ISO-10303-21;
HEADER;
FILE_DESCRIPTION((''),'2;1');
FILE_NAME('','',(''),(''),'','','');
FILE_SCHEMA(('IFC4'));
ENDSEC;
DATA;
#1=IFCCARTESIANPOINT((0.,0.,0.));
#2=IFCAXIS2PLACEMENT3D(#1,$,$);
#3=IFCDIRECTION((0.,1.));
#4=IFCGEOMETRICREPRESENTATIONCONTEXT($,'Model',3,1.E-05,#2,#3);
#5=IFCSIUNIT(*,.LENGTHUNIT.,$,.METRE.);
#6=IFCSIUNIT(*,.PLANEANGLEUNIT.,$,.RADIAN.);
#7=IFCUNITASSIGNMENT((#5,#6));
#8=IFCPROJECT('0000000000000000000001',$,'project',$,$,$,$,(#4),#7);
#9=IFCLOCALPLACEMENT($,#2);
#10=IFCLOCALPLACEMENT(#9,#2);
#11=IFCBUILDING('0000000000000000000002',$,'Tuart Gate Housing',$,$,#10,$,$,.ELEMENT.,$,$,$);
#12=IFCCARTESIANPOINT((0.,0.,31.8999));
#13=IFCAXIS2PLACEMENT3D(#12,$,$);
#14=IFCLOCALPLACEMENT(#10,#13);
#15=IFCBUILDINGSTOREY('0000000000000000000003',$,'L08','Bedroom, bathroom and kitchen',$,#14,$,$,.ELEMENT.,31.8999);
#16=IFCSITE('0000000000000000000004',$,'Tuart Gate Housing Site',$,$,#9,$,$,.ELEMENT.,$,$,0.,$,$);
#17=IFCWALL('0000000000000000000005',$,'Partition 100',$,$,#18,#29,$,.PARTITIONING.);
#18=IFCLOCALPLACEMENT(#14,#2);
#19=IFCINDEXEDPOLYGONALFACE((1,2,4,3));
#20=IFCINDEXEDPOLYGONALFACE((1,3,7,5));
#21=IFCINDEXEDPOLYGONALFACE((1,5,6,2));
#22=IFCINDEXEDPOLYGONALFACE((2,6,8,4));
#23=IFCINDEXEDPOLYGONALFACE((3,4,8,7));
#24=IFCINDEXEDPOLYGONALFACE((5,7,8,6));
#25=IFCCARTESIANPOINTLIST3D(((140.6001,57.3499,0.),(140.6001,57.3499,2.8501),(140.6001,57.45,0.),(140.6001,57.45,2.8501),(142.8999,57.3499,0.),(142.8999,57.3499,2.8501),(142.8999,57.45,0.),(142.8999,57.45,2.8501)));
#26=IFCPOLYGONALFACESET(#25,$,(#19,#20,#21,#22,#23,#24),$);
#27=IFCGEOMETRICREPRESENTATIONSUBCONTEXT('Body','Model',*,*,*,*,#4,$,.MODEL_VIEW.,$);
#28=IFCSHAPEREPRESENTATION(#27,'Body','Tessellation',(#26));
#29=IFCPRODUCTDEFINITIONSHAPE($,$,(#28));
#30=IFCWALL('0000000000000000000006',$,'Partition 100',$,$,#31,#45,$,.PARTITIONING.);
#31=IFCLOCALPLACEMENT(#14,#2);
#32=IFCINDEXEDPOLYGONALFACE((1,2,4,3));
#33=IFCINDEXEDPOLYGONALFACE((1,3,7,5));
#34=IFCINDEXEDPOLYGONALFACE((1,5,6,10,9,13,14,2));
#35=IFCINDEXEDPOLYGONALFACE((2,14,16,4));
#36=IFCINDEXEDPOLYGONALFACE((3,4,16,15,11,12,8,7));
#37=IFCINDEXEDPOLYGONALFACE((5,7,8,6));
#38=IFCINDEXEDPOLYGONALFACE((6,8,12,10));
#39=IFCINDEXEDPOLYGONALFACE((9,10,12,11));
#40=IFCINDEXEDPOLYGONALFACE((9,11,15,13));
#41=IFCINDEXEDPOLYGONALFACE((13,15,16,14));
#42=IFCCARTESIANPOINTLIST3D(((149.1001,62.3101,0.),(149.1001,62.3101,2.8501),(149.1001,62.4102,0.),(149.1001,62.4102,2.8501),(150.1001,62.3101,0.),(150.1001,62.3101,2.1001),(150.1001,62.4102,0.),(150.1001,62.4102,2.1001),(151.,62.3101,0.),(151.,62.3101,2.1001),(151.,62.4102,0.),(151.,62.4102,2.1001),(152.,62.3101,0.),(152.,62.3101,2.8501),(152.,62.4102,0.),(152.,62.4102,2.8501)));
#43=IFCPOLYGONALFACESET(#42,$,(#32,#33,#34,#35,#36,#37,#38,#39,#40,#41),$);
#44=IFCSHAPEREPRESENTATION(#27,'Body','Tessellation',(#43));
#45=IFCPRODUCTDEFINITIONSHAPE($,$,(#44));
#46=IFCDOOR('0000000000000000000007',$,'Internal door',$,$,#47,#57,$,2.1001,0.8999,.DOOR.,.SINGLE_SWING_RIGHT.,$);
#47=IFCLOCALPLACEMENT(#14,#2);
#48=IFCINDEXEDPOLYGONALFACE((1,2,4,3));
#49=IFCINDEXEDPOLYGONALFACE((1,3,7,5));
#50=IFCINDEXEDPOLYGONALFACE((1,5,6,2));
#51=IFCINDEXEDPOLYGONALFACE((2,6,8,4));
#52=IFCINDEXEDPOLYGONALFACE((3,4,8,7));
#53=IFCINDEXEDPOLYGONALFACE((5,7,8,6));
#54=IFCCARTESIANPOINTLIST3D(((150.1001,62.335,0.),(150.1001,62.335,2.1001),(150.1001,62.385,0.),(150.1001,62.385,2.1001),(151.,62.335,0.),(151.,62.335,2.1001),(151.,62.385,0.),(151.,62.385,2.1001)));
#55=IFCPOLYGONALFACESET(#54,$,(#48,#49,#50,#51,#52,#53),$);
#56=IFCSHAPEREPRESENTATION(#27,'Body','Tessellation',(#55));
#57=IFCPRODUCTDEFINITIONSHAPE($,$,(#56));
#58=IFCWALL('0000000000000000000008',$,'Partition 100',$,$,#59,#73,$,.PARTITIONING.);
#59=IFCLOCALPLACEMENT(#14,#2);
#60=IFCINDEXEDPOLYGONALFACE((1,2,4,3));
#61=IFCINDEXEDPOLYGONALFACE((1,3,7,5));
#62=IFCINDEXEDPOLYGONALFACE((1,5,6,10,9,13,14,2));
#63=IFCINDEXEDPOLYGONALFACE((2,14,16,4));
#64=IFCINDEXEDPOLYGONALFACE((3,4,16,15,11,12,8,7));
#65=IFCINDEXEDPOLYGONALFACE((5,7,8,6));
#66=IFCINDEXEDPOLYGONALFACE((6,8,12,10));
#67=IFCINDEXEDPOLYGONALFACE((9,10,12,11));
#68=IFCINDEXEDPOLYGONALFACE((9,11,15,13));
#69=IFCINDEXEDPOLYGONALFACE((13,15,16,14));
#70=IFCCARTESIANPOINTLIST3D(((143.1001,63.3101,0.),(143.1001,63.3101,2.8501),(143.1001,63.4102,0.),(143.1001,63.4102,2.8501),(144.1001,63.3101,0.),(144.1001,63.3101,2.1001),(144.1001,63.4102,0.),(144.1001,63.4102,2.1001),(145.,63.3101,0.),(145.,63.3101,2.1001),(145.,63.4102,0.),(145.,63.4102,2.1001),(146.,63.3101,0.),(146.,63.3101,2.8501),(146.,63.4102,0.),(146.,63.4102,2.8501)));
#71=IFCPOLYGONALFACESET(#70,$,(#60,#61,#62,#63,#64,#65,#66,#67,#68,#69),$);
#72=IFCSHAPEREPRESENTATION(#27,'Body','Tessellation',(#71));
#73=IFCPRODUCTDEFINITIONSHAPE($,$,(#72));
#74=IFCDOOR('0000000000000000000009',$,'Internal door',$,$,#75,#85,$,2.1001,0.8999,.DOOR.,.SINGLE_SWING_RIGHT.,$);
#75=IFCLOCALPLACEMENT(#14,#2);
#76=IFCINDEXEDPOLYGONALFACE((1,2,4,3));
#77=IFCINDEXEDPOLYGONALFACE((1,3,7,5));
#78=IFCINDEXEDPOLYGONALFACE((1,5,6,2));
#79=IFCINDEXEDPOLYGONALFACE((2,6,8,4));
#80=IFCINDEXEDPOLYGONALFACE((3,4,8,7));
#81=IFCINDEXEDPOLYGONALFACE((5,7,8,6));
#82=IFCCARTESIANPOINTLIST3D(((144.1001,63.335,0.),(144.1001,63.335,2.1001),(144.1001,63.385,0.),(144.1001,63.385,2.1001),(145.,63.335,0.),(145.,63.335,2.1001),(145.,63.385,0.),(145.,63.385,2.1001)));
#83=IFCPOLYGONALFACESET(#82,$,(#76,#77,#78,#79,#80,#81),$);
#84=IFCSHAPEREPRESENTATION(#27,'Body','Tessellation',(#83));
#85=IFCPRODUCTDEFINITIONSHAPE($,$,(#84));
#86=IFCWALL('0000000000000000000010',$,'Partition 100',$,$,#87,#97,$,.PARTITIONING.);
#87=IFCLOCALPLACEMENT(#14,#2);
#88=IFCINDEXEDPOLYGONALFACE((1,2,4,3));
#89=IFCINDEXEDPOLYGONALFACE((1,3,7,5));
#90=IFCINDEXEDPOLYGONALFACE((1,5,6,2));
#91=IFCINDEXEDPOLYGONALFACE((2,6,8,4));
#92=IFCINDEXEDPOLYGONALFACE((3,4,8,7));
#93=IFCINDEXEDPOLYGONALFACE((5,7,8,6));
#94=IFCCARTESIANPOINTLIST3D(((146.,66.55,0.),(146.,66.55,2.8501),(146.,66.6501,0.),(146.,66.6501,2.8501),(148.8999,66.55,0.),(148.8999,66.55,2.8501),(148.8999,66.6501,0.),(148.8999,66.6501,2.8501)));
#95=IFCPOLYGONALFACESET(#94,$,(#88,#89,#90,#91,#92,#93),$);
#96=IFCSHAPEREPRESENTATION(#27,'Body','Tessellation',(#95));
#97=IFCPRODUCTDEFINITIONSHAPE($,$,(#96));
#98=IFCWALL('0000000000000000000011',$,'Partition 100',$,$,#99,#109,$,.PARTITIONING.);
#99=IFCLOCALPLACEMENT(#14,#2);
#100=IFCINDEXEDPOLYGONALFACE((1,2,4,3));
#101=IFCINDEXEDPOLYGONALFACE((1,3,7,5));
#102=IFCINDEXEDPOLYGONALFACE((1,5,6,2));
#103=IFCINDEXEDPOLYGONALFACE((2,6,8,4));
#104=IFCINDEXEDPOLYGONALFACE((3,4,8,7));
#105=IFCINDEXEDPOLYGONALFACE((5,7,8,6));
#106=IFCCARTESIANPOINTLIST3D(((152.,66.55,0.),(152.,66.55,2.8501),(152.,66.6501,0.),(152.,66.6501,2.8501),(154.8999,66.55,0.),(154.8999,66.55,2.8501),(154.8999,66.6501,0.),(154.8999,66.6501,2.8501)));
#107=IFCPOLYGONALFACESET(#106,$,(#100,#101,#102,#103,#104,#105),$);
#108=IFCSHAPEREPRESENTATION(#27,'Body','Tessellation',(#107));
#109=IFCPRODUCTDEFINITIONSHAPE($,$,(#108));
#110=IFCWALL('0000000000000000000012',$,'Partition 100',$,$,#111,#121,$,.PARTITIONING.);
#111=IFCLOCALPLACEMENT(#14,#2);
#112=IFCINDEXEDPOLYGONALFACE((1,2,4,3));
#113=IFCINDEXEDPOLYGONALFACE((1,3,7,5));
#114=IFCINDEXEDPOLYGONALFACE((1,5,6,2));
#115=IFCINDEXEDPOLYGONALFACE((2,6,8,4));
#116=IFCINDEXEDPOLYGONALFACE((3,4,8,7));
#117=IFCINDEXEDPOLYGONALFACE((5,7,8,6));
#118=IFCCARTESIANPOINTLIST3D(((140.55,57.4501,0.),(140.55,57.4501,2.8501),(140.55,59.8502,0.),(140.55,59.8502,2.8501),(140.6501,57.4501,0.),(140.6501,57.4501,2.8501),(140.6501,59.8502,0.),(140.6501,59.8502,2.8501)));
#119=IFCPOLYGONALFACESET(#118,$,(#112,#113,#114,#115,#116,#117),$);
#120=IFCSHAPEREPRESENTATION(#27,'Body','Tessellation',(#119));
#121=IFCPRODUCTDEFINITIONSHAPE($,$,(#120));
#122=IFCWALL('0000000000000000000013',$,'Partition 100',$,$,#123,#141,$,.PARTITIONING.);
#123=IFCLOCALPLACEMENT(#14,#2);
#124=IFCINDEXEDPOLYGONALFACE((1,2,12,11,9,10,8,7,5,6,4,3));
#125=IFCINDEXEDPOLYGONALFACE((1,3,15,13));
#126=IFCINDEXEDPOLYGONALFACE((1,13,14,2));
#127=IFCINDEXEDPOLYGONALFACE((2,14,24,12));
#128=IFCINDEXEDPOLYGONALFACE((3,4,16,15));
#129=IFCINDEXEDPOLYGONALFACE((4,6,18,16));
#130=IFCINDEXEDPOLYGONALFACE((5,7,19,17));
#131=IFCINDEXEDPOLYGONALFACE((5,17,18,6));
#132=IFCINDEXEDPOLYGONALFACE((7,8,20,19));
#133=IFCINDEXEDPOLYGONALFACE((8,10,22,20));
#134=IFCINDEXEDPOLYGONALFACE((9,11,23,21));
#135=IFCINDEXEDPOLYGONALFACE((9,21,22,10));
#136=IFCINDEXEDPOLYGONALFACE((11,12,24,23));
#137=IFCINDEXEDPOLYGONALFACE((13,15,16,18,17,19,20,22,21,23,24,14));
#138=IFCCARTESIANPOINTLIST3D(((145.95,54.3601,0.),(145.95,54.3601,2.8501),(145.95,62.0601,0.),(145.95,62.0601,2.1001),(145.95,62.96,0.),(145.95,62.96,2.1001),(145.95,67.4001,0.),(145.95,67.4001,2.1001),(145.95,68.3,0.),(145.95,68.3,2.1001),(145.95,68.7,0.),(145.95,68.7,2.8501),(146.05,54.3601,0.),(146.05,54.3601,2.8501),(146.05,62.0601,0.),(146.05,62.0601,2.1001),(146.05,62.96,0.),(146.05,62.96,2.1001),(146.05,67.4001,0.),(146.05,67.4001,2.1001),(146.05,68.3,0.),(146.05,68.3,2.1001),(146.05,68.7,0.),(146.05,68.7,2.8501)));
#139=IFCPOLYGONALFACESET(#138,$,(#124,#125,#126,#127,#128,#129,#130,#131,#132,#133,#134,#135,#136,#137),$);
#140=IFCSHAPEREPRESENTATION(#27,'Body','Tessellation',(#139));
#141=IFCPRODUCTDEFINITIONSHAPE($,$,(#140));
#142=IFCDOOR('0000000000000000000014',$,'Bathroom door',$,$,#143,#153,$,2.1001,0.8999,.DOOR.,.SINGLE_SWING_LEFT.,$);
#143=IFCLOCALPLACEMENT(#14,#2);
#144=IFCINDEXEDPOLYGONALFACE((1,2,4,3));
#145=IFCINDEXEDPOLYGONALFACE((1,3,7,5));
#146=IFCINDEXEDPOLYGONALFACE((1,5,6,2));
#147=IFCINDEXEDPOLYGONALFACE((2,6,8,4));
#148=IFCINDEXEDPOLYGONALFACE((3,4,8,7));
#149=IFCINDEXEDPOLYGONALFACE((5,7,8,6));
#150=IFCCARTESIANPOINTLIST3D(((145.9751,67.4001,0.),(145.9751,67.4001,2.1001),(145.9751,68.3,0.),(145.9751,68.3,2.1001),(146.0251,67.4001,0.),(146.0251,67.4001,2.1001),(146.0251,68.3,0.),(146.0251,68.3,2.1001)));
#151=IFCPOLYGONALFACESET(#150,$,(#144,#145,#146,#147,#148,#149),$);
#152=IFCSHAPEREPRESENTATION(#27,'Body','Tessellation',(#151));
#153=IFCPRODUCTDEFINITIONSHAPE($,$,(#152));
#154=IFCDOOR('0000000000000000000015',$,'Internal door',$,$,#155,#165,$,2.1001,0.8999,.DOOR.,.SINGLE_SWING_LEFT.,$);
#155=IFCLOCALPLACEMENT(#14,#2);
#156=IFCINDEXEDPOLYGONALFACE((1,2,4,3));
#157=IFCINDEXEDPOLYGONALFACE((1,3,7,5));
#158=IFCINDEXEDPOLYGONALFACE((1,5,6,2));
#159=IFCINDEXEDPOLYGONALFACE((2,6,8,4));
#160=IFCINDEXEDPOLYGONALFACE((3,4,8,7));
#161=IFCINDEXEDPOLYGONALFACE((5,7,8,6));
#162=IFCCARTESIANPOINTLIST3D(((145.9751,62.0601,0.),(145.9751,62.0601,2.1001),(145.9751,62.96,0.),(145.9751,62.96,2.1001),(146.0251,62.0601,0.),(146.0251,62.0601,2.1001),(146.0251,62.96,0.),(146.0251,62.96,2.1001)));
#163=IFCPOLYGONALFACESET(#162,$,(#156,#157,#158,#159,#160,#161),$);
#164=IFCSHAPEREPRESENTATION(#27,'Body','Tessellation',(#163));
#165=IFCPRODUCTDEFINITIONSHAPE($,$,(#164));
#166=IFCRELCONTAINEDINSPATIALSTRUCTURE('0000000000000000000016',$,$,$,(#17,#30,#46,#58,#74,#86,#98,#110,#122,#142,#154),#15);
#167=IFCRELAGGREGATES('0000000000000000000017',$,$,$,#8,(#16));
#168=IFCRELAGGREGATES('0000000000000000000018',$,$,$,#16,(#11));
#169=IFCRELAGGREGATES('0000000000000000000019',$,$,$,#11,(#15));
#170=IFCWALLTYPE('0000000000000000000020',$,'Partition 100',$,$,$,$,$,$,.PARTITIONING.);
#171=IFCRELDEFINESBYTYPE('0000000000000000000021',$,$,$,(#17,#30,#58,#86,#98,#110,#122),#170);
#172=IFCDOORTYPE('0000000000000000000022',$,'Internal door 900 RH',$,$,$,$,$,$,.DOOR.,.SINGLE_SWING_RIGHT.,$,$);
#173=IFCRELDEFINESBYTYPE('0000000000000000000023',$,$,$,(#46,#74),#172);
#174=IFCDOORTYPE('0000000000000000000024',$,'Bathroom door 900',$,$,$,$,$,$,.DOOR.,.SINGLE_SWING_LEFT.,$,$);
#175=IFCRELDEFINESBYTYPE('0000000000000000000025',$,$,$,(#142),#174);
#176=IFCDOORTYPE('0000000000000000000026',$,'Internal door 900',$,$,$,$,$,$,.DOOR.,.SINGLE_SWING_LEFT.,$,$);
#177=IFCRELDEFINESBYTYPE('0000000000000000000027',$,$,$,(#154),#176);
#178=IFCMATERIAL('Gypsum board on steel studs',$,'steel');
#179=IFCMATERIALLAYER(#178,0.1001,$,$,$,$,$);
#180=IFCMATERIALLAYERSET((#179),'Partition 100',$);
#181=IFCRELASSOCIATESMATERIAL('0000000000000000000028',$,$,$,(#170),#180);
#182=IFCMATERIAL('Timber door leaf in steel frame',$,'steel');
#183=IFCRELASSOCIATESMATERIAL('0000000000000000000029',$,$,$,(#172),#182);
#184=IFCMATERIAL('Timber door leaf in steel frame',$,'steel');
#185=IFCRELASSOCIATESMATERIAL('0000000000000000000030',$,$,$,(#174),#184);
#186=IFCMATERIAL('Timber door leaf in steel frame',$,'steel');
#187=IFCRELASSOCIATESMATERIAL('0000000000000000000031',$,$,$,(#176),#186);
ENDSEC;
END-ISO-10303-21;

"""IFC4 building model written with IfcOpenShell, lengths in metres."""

from ifc_helpers import new_model, si_unit, direction, frame, frame_2d, origin, place, context, subcontext, project, spatial, rectangle, extrude, material, layer, layer_set, type_object, element, fill, save


model = new_model("IFC4")

# Units and contexts
model_context = context("Model", 3, precision=1e-05, world=origin(), true_north=direction((0.0, 1.0)))
body_context = subcontext(model_context, "Body", "Model", "MODEL_VIEW")
ifc_project = project(units=[si_unit("LENGTHUNIT", "METRE"), si_unit("PLANEANGLEUNIT", "RADIAN")], contexts=[model_context])

# Site, building, storey
site_placement = place(None, origin())
site = spatial("IfcSite", under=ifc_project, at=site_placement, Name="Tuart Gate Housing Site", CompositionType="ELEMENT", RefElevation=0.0)
building_placement = place(site_placement, origin())
building = spatial("IfcBuilding", under=site, at=building_placement, Name="Tuart Gate Housing", CompositionType="ELEMENT")
storey_placement = place(building_placement, frame((0.0, 0.0, 31.8999)))
storey = spatial("IfcBuildingStorey", under=building, at=storey_placement, Name="L08", Description="Bedroom, bathroom and kitchen", CompositionType="ELEMENT", Elevation=31.8999)

# Wall
ifc_material_1 = material(Name="Gypsum board on steel studs", Category="steel")
ifc_layer_1 = layer(ifc_material_1, 0.1001)
ifc_layer_set_1 = layer_set([ifc_layer_1], Name="Partition 100")
wall_type_1 = type_object("IfcWallType", Name="Partition 100", PredefinedType="PARTITIONING", material=ifc_layer_set_1)
wall_1_placement = place(storey_placement, frame((140.6001, 57.3999, 0.0), z_axis=(0.0, 0.0, 1.0), x_axis=(1.0, 0.0, 0.0)))
element("IfcWall", 1, at=wall_1_placement, inside=storey, type_object=wall_type_1, Name="Partition 100", PredefinedType="PARTITIONING", context=body_context, shape_type="SweptSolid", body=[
    extrude(rectangle(XDim=2.2998, YDim=0.1001, at=frame_2d((1.1499, 0.0))), origin(), (0.0, 0.0, 1.0), 2.8501),
])

# Walls, openings, doors
wall_2_placement = place(storey_placement, frame((149.1001, 62.3601, 0.0), z_axis=(0.0, 0.0, 1.0), x_axis=(1.0, 0.0, 0.0)))
wall_2 = element("IfcWall", 2, at=wall_2_placement, inside=storey, type_object=wall_type_1, Name="Partition 100", PredefinedType="PARTITIONING", context=body_context, shape_type="SweptSolid", body=[
    extrude(rectangle(XDim=2.8999, YDim=0.1001, at=frame_2d((1.45, 0.0))), origin(), (0.0, 0.0, 1.0), 2.8501),
])
opening_1_placement = place(wall_2_placement, frame((1.0, 0.0, 0.0)))
opening_1 = element("IfcOpeningElement", 3, at=opening_1_placement, cuts=wall_2, PredefinedType="OPENING", context=body_context, shape_type="SweptSolid", body=[
    extrude(rectangle(XDim=0.8999, YDim=2.1001, at=frame_2d((0.45, 1.05))), frame((0.0, 0.0601, 0.0), z_axis=(0.0, -1.0, 0.0), x_axis=(1.0, 0.0, 0.0)), (0.0, 0.0, 1.0), 0.1201),
])
ifc_material_2 = material(Name="Timber door leaf in steel frame", Category="steel")
door_type_1 = type_object("IfcDoorType", Name="Internal door 900 RH", OperationType="SINGLE_SWING_RIGHT", PredefinedType="DOOR", material=ifc_material_2)
door_1_placement = place(opening_1_placement, origin())
door_1 = element("IfcDoor", 4, at=door_1_placement, inside=storey, type_object=door_type_1, Name="Internal door", OperationType="SINGLE_SWING_RIGHT", OverallHeight=2.1001, OverallWidth=0.8999, PredefinedType="DOOR", context=body_context, shape_type="SweptSolid", body=[
    extrude(rectangle(XDim=0.8999, YDim=2.1001, at=frame_2d((0.45, 1.05))), frame((0.0, 0.0249, 0.0), z_axis=(0.0, -1.0, 0.0), x_axis=(1.0, 0.0, 0.0)), (0.0, 0.0, 1.0), 0.05),
])
fill(opening_1, door_1)
wall_3_placement = place(storey_placement, frame((143.1001, 63.3601, 0.0), z_axis=(0.0, 0.0, 1.0), x_axis=(1.0, 0.0, 0.0)))
wall_3 = element("IfcWall", 5, at=wall_3_placement, inside=storey, type_object=wall_type_1, Name="Partition 100", PredefinedType="PARTITIONING", context=body_context, shape_type="SweptSolid", body=[
    extrude(rectangle(XDim=2.8999, YDim=0.1001, at=frame_2d((1.45, 0.0))), origin(), (0.0, 0.0, 1.0), 2.8501),
])
opening_2_placement = place(wall_3_placement, frame((1.0, 0.0, 0.0)))
opening_2 = element("IfcOpeningElement", 6, at=opening_2_placement, cuts=wall_3, PredefinedType="OPENING", context=body_context, shape_type="SweptSolid", body=[
    extrude(rectangle(XDim=0.8999, YDim=2.1001, at=frame_2d((0.45, 1.05))), frame((0.0, 0.0601, 0.0), z_axis=(0.0, -1.0, 0.0), x_axis=(1.0, 0.0, 0.0)), (0.0, 0.0, 1.0), 0.1201),
])
door_2_placement = place(opening_2_placement, origin())
door_2 = element("IfcDoor", 7, at=door_2_placement, inside=storey, type_object=door_type_1, Name="Internal door", OperationType="SINGLE_SWING_RIGHT", OverallHeight=2.1001, OverallWidth=0.8999, PredefinedType="DOOR", context=body_context, shape_type="SweptSolid", body=[
    extrude(rectangle(XDim=0.8999, YDim=2.1001, at=frame_2d((0.45, 1.05))), frame((0.0, 0.0249, 0.0), z_axis=(0.0, -1.0, 0.0), x_axis=(1.0, 0.0, 0.0)), (0.0, 0.0, 1.0), 0.05),
])
fill(opening_2, door_2)

# Walls
for number, where, z_axis, x_axis, name in (
    (8, (146.0, 66.6001, 0.0), (0.0, 0.0, 1.0), (1.0, 0.0, 0.0), "Partition 100"),
    (9, (152.0, 66.6001, 0.0), (0.0, 0.0, 1.0), (1.0, 0.0, 0.0), "Partition 100"),
):
    element("IfcWall", number, at=place(storey_placement, frame(where, z_axis=z_axis, x_axis=x_axis)), inside=storey, type_object=wall_type_1, Name=name, PredefinedType="PARTITIONING", context=body_context, shape_type="SweptSolid", body=[
        extrude(rectangle(XDim=2.8999, YDim=0.1001, at=frame_2d((1.45, 0.0))), origin(), (0.0, 0.0, 1.0), 2.8501),
    ])
wall_4_placement = place(storey_placement, frame((140.6001, 57.45, 0.0), z_axis=(0.0, 0.0, 1.0), x_axis=(0.0, 1.0, 0.0)))
element("IfcWall", 10, at=wall_4_placement, inside=storey, type_object=wall_type_1, Name="Partition 100", PredefinedType="PARTITIONING", context=body_context, shape_type="SweptSolid", body=[
    extrude(rectangle(XDim=2.4001, YDim=0.1001, at=frame_2d((1.2002, 0.0))), origin(), (0.0, 0.0, 1.0), 2.8501),
])

# Wall, openings, doors
wall_5_placement = place(storey_placement, frame((146.0, 54.3601, 0.0), z_axis=(0.0, 0.0, 1.0), x_axis=(0.0, 1.0, 0.0)))
wall_5 = element("IfcWall", 11, at=wall_5_placement, inside=storey, type_object=wall_type_1, Name="Partition 100", PredefinedType="PARTITIONING", context=body_context, shape_type="SweptSolid", body=[
    extrude(rectangle(XDim=14.3398, YDim=0.1001, at=frame_2d((7.1699, 0.0))), origin(), (0.0, 0.0, 1.0), 2.8501),
])
opening_3_placement = place(wall_5_placement, frame((7.7, 0.0, 0.0)))
opening_3 = element("IfcOpeningElement", 12, at=opening_3_placement, cuts=wall_5, PredefinedType="OPENING", context=body_context, shape_type="SweptSolid", body=[
    extrude(rectangle(XDim=0.8999, YDim=2.1001, at=frame_2d((0.45, 1.05))), frame((0.0, 0.0601, 0.0), z_axis=(0.0, -1.0, 0.0), x_axis=(1.0, 0.0, 0.0)), (0.0, 0.0, 1.0), 0.1201),
])
opening_4_placement = place(wall_5_placement, frame((13.04, 0.0, 0.0)))
opening_4 = element("IfcOpeningElement", 13, at=opening_4_placement, cuts=wall_5, PredefinedType="OPENING", context=body_context, shape_type="SweptSolid", body=[
    extrude(rectangle(XDim=0.8999, YDim=2.1001, at=frame_2d((0.45, 1.05))), frame((0.0, 0.0601, 0.0), z_axis=(0.0, -1.0, 0.0), x_axis=(1.0, 0.0, 0.0)), (0.0, 0.0, 1.0), 0.1201),
])
ifc_material_3 = material(Name="Timber door leaf in steel frame", Category="steel")
door_type_2 = type_object("IfcDoorType", Name="Bathroom door 900", OperationType="SINGLE_SWING_LEFT", PredefinedType="DOOR", material=ifc_material_3)
door_3_placement = place(opening_4_placement, frame((0.8999, 0.0, 0.0), z_axis=(0.0, 0.0, 1.0), x_axis=(-1.0, 0.0, 0.0)))
door_3 = element("IfcDoor", 14, at=door_3_placement, inside=storey, type_object=door_type_2, Name="Bathroom door", OperationType="SINGLE_SWING_LEFT", OverallHeight=2.1001, OverallWidth=0.8999, PredefinedType="DOOR", context=body_context, shape_type="SweptSolid", body=[
    extrude(rectangle(XDim=0.8999, YDim=2.1001, at=frame_2d((0.45, 1.05))), frame((0.0, 0.0251, 0.0), z_axis=(0.0, -1.0, 0.0), x_axis=(1.0, 0.0, 0.0)), (0.0, 0.0, 1.0), 0.05),
])
fill(opening_4, door_3)
ifc_material_4 = material(Name="Timber door leaf in steel frame", Category="steel")
door_type_3 = type_object("IfcDoorType", Name="Internal door 900", OperationType="SINGLE_SWING_LEFT", PredefinedType="DOOR", material=ifc_material_4)
door_4_placement = place(opening_3_placement, frame((0.8999, 0.0, 0.0), z_axis=(0.0, 0.0, 1.0), x_axis=(-1.0, 0.0, 0.0)))
door_4 = element("IfcDoor", 15, at=door_4_placement, inside=storey, type_object=door_type_3, Name="Internal door", OperationType="SINGLE_SWING_LEFT", OverallHeight=2.1001, OverallWidth=0.8999, PredefinedType="DOOR", context=body_context, shape_type="SweptSolid", body=[
    extrude(rectangle(XDim=0.8999, YDim=2.1001, at=frame_2d((0.45, 1.05))), frame((0.0, 0.0251, 0.0), z_axis=(0.0, -1.0, 0.0), x_axis=(1.0, 0.0, 0.0)), (0.0, 0.0, 1.0), 0.05),
])
fill(opening_3, door_4)

save(model, "model.ifc")
